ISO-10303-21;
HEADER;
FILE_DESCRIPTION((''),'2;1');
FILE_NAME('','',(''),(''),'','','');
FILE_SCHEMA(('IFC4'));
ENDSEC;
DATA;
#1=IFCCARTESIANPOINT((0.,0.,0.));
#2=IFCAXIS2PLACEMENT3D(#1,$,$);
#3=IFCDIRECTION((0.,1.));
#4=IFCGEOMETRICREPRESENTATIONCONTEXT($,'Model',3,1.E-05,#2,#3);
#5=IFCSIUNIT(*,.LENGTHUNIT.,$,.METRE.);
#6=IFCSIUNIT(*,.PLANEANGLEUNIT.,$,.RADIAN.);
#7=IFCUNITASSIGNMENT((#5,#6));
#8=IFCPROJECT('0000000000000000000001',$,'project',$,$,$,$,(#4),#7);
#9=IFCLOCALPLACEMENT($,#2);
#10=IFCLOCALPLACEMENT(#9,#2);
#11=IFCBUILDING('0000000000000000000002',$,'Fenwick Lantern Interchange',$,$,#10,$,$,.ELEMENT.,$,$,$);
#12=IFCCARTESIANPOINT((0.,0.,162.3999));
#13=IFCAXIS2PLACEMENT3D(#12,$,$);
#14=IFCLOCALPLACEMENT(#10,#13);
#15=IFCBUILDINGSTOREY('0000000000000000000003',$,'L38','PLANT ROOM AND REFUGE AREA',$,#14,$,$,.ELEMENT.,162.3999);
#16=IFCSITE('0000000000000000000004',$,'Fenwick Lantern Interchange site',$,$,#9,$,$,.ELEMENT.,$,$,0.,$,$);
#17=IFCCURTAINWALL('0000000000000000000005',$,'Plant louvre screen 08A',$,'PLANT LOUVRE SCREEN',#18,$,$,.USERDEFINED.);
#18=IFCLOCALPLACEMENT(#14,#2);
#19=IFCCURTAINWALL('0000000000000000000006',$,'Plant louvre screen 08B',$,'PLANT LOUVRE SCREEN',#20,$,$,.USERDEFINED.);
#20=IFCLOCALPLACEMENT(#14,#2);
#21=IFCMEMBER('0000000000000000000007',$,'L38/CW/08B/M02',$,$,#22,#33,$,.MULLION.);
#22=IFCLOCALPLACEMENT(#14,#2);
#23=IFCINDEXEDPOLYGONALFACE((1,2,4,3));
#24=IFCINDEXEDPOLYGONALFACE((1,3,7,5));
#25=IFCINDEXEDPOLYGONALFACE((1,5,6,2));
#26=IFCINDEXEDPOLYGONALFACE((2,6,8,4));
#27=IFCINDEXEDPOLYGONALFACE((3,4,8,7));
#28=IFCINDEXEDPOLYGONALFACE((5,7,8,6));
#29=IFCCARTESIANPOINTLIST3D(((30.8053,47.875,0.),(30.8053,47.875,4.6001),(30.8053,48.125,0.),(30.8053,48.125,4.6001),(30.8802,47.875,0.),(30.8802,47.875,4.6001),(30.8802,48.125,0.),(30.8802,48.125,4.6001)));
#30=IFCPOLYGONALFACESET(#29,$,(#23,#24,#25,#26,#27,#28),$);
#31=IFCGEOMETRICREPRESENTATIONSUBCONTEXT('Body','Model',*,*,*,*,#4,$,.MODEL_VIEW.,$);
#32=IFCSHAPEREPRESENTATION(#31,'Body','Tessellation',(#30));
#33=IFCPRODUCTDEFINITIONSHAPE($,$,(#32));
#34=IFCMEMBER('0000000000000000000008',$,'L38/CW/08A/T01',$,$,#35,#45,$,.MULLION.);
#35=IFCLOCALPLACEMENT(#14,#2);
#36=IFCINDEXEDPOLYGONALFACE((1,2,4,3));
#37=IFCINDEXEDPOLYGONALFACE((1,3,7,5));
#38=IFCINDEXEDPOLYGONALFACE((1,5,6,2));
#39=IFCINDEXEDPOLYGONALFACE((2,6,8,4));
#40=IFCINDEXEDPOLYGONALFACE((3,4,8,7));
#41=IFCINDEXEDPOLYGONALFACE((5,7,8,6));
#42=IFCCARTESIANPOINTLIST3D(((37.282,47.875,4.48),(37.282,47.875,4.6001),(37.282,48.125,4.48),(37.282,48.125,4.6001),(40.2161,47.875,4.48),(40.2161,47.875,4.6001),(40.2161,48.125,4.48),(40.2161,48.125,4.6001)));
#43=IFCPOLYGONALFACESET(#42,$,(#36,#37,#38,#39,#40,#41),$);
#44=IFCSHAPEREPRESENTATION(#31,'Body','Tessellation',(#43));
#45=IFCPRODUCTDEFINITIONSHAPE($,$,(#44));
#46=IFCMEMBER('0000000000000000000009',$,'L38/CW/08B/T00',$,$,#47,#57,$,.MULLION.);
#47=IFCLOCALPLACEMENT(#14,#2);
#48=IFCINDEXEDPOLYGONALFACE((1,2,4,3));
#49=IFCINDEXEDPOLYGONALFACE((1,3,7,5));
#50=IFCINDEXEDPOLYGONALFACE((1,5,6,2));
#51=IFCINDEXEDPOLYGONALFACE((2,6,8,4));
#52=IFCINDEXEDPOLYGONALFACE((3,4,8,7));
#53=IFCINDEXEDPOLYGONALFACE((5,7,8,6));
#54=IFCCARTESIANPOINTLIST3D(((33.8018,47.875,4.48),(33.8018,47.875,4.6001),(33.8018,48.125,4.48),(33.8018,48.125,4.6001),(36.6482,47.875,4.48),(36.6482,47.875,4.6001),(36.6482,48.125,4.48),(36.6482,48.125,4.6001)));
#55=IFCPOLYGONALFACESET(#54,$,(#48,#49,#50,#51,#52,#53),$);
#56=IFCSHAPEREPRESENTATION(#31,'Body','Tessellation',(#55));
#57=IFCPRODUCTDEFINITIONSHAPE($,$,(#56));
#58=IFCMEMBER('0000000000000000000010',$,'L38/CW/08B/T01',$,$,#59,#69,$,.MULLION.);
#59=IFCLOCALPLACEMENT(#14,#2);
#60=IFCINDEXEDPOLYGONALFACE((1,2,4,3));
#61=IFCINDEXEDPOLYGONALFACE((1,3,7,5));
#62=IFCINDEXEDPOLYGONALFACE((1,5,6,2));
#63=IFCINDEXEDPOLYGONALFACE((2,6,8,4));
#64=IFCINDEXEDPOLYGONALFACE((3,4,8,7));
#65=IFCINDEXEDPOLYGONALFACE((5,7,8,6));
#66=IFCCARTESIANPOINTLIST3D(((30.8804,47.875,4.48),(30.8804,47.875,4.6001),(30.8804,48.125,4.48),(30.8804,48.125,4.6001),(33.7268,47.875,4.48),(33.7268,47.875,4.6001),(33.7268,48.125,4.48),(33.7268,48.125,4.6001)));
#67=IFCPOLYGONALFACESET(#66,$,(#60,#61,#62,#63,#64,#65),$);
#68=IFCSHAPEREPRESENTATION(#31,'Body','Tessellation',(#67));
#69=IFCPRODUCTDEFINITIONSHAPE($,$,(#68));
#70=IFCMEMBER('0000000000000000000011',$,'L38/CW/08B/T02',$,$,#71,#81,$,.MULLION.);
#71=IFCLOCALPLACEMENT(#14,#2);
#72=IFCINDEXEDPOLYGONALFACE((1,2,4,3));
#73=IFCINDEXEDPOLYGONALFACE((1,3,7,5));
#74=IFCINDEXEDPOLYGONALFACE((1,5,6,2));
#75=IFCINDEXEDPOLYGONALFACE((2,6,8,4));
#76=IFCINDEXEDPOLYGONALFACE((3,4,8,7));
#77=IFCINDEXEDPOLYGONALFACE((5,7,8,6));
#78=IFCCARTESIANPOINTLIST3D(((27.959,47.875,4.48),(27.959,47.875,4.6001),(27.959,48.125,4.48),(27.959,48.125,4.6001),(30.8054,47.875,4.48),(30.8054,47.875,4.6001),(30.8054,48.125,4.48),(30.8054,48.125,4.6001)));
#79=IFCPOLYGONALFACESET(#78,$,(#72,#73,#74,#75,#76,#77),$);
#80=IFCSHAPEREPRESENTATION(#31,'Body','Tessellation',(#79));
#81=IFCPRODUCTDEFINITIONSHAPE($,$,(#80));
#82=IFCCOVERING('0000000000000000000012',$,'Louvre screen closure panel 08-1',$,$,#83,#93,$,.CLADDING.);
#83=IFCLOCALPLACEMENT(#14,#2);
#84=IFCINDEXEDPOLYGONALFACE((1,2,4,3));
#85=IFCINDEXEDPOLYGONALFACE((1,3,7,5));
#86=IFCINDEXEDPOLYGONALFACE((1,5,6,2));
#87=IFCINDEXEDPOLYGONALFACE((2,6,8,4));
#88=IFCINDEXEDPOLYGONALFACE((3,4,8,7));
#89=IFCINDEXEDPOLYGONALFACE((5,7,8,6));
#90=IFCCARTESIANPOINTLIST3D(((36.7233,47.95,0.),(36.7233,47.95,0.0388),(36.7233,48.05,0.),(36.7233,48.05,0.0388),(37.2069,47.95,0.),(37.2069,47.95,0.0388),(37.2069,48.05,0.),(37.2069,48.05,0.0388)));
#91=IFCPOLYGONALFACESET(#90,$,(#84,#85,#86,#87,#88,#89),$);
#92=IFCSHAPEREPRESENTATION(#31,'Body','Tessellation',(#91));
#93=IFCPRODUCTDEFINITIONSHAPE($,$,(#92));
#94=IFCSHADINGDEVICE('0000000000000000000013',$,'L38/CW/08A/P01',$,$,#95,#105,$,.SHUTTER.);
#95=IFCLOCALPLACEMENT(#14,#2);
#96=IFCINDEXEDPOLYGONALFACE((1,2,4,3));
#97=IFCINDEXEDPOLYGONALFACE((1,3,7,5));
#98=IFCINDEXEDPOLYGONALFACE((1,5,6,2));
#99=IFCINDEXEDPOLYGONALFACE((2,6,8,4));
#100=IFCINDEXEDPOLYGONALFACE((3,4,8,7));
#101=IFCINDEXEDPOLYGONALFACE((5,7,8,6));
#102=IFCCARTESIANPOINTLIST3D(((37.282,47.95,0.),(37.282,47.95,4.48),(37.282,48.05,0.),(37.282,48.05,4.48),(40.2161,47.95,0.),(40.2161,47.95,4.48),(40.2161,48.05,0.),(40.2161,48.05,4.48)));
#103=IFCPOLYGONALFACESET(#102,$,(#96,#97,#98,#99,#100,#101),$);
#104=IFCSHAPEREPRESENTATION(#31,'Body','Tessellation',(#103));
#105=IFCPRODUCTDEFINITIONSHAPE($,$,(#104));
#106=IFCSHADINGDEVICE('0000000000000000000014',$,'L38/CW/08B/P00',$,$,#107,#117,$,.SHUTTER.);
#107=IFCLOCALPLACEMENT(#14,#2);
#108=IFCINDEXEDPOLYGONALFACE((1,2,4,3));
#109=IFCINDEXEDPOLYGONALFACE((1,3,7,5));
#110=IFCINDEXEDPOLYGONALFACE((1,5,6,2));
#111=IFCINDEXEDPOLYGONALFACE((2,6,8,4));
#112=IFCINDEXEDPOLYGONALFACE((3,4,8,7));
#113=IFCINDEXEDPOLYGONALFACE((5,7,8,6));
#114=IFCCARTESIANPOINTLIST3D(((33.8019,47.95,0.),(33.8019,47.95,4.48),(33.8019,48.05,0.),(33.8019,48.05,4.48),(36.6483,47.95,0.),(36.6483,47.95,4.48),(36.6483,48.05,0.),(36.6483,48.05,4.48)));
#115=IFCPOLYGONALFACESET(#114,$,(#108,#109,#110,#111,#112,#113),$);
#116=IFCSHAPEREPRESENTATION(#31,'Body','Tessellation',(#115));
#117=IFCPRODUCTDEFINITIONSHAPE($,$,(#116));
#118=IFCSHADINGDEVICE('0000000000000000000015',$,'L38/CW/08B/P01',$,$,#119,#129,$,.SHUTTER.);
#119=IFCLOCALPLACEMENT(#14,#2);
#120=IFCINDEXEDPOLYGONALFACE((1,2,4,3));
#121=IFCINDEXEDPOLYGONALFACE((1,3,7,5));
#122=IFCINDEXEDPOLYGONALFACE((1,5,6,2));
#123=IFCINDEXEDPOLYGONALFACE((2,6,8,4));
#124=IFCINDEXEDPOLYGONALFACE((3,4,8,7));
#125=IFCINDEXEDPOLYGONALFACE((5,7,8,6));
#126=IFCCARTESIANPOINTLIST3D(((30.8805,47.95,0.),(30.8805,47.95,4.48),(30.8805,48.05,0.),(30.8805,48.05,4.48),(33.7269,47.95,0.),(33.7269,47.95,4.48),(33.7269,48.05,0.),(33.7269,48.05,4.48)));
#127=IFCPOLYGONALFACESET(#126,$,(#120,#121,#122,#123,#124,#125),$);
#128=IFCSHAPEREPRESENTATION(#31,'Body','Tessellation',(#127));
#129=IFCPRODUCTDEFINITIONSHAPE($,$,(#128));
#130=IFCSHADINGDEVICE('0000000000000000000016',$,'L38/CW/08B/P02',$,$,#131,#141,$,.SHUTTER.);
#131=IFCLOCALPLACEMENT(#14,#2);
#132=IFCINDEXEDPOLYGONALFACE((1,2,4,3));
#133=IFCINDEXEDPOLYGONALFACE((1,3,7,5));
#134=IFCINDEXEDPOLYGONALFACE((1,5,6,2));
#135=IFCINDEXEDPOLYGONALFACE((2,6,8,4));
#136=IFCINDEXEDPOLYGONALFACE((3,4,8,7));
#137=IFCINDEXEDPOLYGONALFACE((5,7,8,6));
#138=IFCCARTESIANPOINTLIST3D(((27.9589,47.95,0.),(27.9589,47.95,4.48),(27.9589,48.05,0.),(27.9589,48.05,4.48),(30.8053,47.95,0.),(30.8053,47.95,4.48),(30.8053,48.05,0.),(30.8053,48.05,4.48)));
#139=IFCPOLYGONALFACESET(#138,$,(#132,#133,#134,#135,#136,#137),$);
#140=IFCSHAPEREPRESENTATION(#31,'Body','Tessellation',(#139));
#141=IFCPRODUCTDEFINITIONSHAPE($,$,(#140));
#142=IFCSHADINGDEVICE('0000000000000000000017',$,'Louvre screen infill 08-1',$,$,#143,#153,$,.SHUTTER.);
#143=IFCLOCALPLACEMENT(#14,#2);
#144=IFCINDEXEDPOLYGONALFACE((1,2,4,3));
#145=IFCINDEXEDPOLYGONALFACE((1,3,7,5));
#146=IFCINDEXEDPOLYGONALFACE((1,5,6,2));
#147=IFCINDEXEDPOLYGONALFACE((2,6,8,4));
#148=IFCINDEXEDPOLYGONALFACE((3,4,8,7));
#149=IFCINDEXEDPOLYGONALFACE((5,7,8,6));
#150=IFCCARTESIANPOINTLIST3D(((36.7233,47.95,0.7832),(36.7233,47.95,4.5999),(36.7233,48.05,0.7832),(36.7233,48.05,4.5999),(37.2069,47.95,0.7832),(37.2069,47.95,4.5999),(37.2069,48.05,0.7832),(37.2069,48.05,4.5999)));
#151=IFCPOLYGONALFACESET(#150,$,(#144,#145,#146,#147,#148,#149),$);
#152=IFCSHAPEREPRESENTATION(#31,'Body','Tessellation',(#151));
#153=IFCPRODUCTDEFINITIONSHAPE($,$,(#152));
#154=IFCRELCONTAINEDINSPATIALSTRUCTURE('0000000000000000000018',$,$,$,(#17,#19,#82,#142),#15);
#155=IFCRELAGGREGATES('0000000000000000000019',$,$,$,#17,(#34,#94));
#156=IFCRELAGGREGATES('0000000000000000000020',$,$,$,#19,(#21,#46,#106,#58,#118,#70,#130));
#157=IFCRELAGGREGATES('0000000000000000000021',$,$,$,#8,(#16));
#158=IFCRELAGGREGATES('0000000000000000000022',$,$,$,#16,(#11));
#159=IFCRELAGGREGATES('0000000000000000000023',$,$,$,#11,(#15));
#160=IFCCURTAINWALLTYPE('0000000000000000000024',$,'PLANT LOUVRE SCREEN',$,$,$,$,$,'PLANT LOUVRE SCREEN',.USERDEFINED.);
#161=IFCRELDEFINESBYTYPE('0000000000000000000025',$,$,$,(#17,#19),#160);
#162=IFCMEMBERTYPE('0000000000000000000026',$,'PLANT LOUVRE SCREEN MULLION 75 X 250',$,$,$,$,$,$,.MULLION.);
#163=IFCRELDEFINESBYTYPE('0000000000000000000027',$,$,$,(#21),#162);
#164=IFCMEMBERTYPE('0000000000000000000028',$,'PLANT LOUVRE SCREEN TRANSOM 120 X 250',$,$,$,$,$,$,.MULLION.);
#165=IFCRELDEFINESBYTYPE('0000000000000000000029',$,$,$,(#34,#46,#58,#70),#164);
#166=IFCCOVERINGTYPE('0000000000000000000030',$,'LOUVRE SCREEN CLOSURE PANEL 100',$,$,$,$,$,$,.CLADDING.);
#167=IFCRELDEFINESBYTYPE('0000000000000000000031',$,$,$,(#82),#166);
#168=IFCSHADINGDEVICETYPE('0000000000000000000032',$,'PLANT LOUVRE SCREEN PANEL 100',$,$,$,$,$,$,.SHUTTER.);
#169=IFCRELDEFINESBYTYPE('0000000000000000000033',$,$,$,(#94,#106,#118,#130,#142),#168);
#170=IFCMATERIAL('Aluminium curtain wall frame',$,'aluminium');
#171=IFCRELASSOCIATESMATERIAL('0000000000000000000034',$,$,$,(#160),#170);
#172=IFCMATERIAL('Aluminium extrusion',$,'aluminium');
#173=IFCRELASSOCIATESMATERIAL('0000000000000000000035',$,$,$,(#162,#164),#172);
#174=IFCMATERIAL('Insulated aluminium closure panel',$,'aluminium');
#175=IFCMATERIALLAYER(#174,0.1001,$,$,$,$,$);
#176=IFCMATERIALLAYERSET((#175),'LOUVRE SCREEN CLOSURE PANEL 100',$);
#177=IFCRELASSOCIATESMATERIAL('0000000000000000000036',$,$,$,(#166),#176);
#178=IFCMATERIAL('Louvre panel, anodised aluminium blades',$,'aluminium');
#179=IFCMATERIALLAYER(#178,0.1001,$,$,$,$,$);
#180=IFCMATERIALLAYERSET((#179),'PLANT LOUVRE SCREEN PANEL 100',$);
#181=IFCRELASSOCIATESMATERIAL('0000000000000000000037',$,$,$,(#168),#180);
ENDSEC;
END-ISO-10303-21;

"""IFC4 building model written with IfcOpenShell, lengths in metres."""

from ifc_helpers import new_model, si_unit, direction, frame, origin, origin_2d, place, context, subcontext, project, spatial, rectangle, extrude, material, layer, layer_set, material_profile, profile_set, type_object, element, aggregate, save


model = new_model("IFC4")

# Units and contexts
model_context = context("Model", 3, precision=1e-05, world=origin(), true_north=direction((0.0, 1.0)))
body_context = subcontext(model_context, "Body", "Model", "MODEL_VIEW")
ifc_project = project(units=[si_unit("LENGTHUNIT", "METRE"), si_unit("PLANEANGLEUNIT", "RADIAN")], contexts=[model_context])

# Site, building, storey
site_placement = place(None, origin())
site = spatial("IfcSite", under=ifc_project, at=site_placement, Name="Fenwick Lantern Interchange site", CompositionType="ELEMENT", RefElevation=0.0)
building_placement = place(site_placement, origin())
building = spatial("IfcBuilding", under=site, at=building_placement, Name="Fenwick Lantern Interchange", CompositionType="ELEMENT")
storey_placement = place(building_placement, frame((0.0, 0.0, 162.3999)))
storey = spatial("IfcBuildingStorey", under=building, at=storey_placement, Name="L38", Description="PLANT ROOM AND REFUGE AREA", CompositionType="ELEMENT", Elevation=162.3999)

# Curtain walls, member
ifc_material_1 = material(Name="Aluminium curtain wall frame", Category="aluminium")
curtain_wall_type = type_object("IfcCurtainWallType", Name="PLANT LOUVRE SCREEN", ElementType="PLANT LOUVRE SCREEN", PredefinedType="USERDEFINED", material=ifc_material_1)
curtain_wall_1_placement = place(storey_placement, origin())
curtain_wall_1 = element("IfcCurtainWall", 1, at=curtain_wall_1_placement, inside=storey, type_object=curtain_wall_type, Name="Plant louvre screen 08A", ObjectType="PLANT LOUVRE SCREEN", PredefinedType="USERDEFINED")
ifc_material_2 = material(Name="Aluminium extrusion", Category="aluminium")
ifc_material_profile_1 = material_profile(ifc_material_2, rectangle(XDim=0.25, YDim=0.075, at=origin_2d()), Name="PLANT LOUVRE SCREEN MULLION 75 X 250")
ifc_profile_set_1 = profile_set([ifc_material_profile_1], Name="Aluminium extrusion")
member_type_1 = type_object("IfcMemberType", Name="PLANT LOUVRE SCREEN MULLION 75 X 250", PredefinedType="MULLION", material=ifc_profile_set_1)
curtain_wall_2_placement = place(storey_placement, origin())
curtain_wall_2 = element("IfcCurtainWall", 2, at=curtain_wall_2_placement, inside=storey, type_object=curtain_wall_type, Name="Plant louvre screen 08B", ObjectType="PLANT LOUVRE SCREEN", PredefinedType="USERDEFINED")
member_1_placement = place(storey_placement, frame((30.8428, 48.0, 0.0), z_axis=(0.0, 0.0, 1.0), x_axis=(0.0, -1.0, 0.0)))
member_1 = element("IfcMember", 3, at=member_1_placement, type_object=member_type_1, Name="L38/CW/08B/M02", PredefinedType="MULLION", context=body_context, shape_type="SweptSolid", body=[
    extrude(rectangle(XDim=0.25, YDim=0.075, at=origin_2d()), origin(), (0.0, 0.0, 1.0), 4.6001),
])

# Members
ifc_material_profile_2 = material_profile(ifc_material_2, rectangle(XDim=0.25, YDim=0.1201, at=origin_2d()), Name="PLANT LOUVRE SCREEN TRANSOM 120 X 250")
ifc_profile_set_2 = profile_set([ifc_material_profile_2], Name="Aluminium extrusion")
member_type_2 = type_object("IfcMemberType", Name="PLANT LOUVRE SCREEN TRANSOM 120 X 250", PredefinedType="MULLION", material=ifc_profile_set_2)
member_2_placement = place(storey_placement, frame((40.2161, 48.0, 4.54), z_axis=(-1.0, 0.0, 0.0), x_axis=(0.0, -1.0, 0.0)))
member_2 = element("IfcMember", 4, at=member_2_placement, type_object=member_type_2, Name="L38/CW/08A/T01", PredefinedType="MULLION", context=body_context, shape_type="SweptSolid", body=[
    extrude(rectangle(XDim=0.25, YDim=0.1201, at=origin_2d()), origin(), (0.0, 0.0, 1.0), 2.9341),
])
member_3_placement = place(storey_placement, frame((36.6482, 48.0, 4.54), z_axis=(-1.0, 0.0, 0.0), x_axis=(0.0, -1.0, 0.0)))
member_3 = element("IfcMember", 5, at=member_3_placement, type_object=member_type_2, Name="L38/CW/08B/T00", PredefinedType="MULLION", context=body_context, shape_type="SweptSolid", body=[
    extrude(rectangle(XDim=0.25, YDim=0.1201, at=origin_2d()), origin(), (0.0, 0.0, 1.0), 2.8464),
])
member_4_placement = place(storey_placement, frame((33.7268, 48.0, 4.54), z_axis=(-1.0, 0.0, 0.0), x_axis=(0.0, -1.0, 0.0)))
member_4 = element("IfcMember", 6, at=member_4_placement, type_object=member_type_2, Name="L38/CW/08B/T01", PredefinedType="MULLION", context=body_context, shape_type="SweptSolid", body=[
    extrude(rectangle(XDim=0.25, YDim=0.1201, at=origin_2d()), origin(), (0.0, 0.0, 1.0), 2.8464),
])
member_5_placement = place(storey_placement, frame((30.8054, 48.0, 4.54), z_axis=(-1.0, 0.0, 0.0), x_axis=(0.0, -1.0, 0.0)))
member_5 = element("IfcMember", 7, at=member_5_placement, type_object=member_type_2, Name="L38/CW/08B/T02", PredefinedType="MULLION", context=body_context, shape_type="SweptSolid", body=[
    extrude(rectangle(XDim=0.25, YDim=0.1201, at=origin_2d()), origin(), (0.0, 0.0, 1.0), 2.8464),
])

# Covering
ifc_material_3 = material(Name="Insulated aluminium closure panel", Category="aluminium")
ifc_layer_1 = layer(ifc_material_3, 0.1001)
ifc_layer_set_1 = layer_set([ifc_layer_1], Name="LOUVRE SCREEN CLOSURE PANEL 100")
covering_type = type_object("IfcCoveringType", Name="LOUVRE SCREEN CLOSURE PANEL 100", PredefinedType="CLADDING", material=ifc_layer_set_1)
covering_placement = place(storey_placement, frame((36.9651, 48.0, 0.0), z_axis=(0.0, 0.0, 1.0), x_axis=(-1.0, 0.0, 0.0)))
element("IfcCovering", 8, at=covering_placement, inside=storey, type_object=covering_type, Name="Louvre screen closure panel 08-1", PredefinedType="CLADDING", context=body_context, shape_type="SweptSolid", body=[
    extrude(rectangle(XDim=0.4836, YDim=0.1001, at=origin_2d()), origin(), (0.0, 0.0, 1.0), 0.0388),
])

# Shading devices
ifc_material_4 = material(Name="Louvre panel, anodised aluminium blades", Category="aluminium")
ifc_layer_2 = layer(ifc_material_4, 0.1001)
ifc_layer_set_2 = layer_set([ifc_layer_2], Name="PLANT LOUVRE SCREEN PANEL 100")
shading_device_type = type_object("IfcShadingDeviceType", Name="PLANT LOUVRE SCREEN PANEL 100", PredefinedType="SHUTTER", material=ifc_layer_set_2)
shading_device_1_placement = place(storey_placement, frame((38.749, 48.0, 0.0), z_axis=(0.0, 0.0, 1.0), x_axis=(-1.0, 0.0, 0.0)))
shading_device_1 = element("IfcShadingDevice", 9, at=shading_device_1_placement, type_object=shading_device_type, Name="L38/CW/08A/P01", PredefinedType="SHUTTER", context=body_context, shape_type="SweptSolid", body=[
    extrude(rectangle(XDim=2.9341, YDim=0.1001, at=origin_2d()), origin(), (0.0, 0.0, 1.0), 4.48),
])
aggregate(curtain_wall_1, [member_2, shading_device_1])
shading_device_2_placement = place(storey_placement, frame((35.2251, 48.0, 0.0), z_axis=(0.0, 0.0, 1.0), x_axis=(-1.0, 0.0, 0.0)))
shading_device_2 = element("IfcShadingDevice", 10, at=shading_device_2_placement, type_object=shading_device_type, Name="L38/CW/08B/P00", PredefinedType="SHUTTER", context=body_context, shape_type="SweptSolid", body=[
    extrude(rectangle(XDim=2.8464, YDim=0.1001, at=origin_2d()), origin(), (0.0, 0.0, 1.0), 4.48),
])
shading_device_3_placement = place(storey_placement, frame((32.3037, 48.0, 0.0), z_axis=(0.0, 0.0, 1.0), x_axis=(-1.0, 0.0, 0.0)))
shading_device_3 = element("IfcShadingDevice", 11, at=shading_device_3_placement, type_object=shading_device_type, Name="L38/CW/08B/P01", PredefinedType="SHUTTER", context=body_context, shape_type="SweptSolid", body=[
    extrude(rectangle(XDim=2.8464, YDim=0.1001, at=origin_2d()), origin(), (0.0, 0.0, 1.0), 4.48),
])
shading_device_4_placement = place(storey_placement, frame((29.3821, 48.0, 0.0), z_axis=(0.0, 0.0, 1.0), x_axis=(-1.0, 0.0, 0.0)))
shading_device_4 = element("IfcShadingDevice", 12, at=shading_device_4_placement, type_object=shading_device_type, Name="L38/CW/08B/P02", PredefinedType="SHUTTER", context=body_context, shape_type="SweptSolid", body=[
    extrude(rectangle(XDim=2.8464, YDim=0.1001, at=origin_2d()), origin(), (0.0, 0.0, 1.0), 4.48),
])
aggregate(curtain_wall_2, [member_1, member_3, shading_device_2, member_4, shading_device_3, member_5, shading_device_4])
shading_device_5_placement = place(storey_placement, frame((36.9651, 48.0, 0.7832), z_axis=(0.0, 0.0, 1.0), x_axis=(-1.0, 0.0, 0.0)))
element("IfcShadingDevice", 13, at=shading_device_5_placement, inside=storey, type_object=shading_device_type, Name="Louvre screen infill 08-1", PredefinedType="SHUTTER", context=body_context, shape_type="SweptSolid", body=[
    extrude(rectangle(XDim=0.4836, YDim=0.1001, at=origin_2d()), origin(), (0.0, 0.0, 1.0), 3.8167),
])

save(model, "model.ifc")
